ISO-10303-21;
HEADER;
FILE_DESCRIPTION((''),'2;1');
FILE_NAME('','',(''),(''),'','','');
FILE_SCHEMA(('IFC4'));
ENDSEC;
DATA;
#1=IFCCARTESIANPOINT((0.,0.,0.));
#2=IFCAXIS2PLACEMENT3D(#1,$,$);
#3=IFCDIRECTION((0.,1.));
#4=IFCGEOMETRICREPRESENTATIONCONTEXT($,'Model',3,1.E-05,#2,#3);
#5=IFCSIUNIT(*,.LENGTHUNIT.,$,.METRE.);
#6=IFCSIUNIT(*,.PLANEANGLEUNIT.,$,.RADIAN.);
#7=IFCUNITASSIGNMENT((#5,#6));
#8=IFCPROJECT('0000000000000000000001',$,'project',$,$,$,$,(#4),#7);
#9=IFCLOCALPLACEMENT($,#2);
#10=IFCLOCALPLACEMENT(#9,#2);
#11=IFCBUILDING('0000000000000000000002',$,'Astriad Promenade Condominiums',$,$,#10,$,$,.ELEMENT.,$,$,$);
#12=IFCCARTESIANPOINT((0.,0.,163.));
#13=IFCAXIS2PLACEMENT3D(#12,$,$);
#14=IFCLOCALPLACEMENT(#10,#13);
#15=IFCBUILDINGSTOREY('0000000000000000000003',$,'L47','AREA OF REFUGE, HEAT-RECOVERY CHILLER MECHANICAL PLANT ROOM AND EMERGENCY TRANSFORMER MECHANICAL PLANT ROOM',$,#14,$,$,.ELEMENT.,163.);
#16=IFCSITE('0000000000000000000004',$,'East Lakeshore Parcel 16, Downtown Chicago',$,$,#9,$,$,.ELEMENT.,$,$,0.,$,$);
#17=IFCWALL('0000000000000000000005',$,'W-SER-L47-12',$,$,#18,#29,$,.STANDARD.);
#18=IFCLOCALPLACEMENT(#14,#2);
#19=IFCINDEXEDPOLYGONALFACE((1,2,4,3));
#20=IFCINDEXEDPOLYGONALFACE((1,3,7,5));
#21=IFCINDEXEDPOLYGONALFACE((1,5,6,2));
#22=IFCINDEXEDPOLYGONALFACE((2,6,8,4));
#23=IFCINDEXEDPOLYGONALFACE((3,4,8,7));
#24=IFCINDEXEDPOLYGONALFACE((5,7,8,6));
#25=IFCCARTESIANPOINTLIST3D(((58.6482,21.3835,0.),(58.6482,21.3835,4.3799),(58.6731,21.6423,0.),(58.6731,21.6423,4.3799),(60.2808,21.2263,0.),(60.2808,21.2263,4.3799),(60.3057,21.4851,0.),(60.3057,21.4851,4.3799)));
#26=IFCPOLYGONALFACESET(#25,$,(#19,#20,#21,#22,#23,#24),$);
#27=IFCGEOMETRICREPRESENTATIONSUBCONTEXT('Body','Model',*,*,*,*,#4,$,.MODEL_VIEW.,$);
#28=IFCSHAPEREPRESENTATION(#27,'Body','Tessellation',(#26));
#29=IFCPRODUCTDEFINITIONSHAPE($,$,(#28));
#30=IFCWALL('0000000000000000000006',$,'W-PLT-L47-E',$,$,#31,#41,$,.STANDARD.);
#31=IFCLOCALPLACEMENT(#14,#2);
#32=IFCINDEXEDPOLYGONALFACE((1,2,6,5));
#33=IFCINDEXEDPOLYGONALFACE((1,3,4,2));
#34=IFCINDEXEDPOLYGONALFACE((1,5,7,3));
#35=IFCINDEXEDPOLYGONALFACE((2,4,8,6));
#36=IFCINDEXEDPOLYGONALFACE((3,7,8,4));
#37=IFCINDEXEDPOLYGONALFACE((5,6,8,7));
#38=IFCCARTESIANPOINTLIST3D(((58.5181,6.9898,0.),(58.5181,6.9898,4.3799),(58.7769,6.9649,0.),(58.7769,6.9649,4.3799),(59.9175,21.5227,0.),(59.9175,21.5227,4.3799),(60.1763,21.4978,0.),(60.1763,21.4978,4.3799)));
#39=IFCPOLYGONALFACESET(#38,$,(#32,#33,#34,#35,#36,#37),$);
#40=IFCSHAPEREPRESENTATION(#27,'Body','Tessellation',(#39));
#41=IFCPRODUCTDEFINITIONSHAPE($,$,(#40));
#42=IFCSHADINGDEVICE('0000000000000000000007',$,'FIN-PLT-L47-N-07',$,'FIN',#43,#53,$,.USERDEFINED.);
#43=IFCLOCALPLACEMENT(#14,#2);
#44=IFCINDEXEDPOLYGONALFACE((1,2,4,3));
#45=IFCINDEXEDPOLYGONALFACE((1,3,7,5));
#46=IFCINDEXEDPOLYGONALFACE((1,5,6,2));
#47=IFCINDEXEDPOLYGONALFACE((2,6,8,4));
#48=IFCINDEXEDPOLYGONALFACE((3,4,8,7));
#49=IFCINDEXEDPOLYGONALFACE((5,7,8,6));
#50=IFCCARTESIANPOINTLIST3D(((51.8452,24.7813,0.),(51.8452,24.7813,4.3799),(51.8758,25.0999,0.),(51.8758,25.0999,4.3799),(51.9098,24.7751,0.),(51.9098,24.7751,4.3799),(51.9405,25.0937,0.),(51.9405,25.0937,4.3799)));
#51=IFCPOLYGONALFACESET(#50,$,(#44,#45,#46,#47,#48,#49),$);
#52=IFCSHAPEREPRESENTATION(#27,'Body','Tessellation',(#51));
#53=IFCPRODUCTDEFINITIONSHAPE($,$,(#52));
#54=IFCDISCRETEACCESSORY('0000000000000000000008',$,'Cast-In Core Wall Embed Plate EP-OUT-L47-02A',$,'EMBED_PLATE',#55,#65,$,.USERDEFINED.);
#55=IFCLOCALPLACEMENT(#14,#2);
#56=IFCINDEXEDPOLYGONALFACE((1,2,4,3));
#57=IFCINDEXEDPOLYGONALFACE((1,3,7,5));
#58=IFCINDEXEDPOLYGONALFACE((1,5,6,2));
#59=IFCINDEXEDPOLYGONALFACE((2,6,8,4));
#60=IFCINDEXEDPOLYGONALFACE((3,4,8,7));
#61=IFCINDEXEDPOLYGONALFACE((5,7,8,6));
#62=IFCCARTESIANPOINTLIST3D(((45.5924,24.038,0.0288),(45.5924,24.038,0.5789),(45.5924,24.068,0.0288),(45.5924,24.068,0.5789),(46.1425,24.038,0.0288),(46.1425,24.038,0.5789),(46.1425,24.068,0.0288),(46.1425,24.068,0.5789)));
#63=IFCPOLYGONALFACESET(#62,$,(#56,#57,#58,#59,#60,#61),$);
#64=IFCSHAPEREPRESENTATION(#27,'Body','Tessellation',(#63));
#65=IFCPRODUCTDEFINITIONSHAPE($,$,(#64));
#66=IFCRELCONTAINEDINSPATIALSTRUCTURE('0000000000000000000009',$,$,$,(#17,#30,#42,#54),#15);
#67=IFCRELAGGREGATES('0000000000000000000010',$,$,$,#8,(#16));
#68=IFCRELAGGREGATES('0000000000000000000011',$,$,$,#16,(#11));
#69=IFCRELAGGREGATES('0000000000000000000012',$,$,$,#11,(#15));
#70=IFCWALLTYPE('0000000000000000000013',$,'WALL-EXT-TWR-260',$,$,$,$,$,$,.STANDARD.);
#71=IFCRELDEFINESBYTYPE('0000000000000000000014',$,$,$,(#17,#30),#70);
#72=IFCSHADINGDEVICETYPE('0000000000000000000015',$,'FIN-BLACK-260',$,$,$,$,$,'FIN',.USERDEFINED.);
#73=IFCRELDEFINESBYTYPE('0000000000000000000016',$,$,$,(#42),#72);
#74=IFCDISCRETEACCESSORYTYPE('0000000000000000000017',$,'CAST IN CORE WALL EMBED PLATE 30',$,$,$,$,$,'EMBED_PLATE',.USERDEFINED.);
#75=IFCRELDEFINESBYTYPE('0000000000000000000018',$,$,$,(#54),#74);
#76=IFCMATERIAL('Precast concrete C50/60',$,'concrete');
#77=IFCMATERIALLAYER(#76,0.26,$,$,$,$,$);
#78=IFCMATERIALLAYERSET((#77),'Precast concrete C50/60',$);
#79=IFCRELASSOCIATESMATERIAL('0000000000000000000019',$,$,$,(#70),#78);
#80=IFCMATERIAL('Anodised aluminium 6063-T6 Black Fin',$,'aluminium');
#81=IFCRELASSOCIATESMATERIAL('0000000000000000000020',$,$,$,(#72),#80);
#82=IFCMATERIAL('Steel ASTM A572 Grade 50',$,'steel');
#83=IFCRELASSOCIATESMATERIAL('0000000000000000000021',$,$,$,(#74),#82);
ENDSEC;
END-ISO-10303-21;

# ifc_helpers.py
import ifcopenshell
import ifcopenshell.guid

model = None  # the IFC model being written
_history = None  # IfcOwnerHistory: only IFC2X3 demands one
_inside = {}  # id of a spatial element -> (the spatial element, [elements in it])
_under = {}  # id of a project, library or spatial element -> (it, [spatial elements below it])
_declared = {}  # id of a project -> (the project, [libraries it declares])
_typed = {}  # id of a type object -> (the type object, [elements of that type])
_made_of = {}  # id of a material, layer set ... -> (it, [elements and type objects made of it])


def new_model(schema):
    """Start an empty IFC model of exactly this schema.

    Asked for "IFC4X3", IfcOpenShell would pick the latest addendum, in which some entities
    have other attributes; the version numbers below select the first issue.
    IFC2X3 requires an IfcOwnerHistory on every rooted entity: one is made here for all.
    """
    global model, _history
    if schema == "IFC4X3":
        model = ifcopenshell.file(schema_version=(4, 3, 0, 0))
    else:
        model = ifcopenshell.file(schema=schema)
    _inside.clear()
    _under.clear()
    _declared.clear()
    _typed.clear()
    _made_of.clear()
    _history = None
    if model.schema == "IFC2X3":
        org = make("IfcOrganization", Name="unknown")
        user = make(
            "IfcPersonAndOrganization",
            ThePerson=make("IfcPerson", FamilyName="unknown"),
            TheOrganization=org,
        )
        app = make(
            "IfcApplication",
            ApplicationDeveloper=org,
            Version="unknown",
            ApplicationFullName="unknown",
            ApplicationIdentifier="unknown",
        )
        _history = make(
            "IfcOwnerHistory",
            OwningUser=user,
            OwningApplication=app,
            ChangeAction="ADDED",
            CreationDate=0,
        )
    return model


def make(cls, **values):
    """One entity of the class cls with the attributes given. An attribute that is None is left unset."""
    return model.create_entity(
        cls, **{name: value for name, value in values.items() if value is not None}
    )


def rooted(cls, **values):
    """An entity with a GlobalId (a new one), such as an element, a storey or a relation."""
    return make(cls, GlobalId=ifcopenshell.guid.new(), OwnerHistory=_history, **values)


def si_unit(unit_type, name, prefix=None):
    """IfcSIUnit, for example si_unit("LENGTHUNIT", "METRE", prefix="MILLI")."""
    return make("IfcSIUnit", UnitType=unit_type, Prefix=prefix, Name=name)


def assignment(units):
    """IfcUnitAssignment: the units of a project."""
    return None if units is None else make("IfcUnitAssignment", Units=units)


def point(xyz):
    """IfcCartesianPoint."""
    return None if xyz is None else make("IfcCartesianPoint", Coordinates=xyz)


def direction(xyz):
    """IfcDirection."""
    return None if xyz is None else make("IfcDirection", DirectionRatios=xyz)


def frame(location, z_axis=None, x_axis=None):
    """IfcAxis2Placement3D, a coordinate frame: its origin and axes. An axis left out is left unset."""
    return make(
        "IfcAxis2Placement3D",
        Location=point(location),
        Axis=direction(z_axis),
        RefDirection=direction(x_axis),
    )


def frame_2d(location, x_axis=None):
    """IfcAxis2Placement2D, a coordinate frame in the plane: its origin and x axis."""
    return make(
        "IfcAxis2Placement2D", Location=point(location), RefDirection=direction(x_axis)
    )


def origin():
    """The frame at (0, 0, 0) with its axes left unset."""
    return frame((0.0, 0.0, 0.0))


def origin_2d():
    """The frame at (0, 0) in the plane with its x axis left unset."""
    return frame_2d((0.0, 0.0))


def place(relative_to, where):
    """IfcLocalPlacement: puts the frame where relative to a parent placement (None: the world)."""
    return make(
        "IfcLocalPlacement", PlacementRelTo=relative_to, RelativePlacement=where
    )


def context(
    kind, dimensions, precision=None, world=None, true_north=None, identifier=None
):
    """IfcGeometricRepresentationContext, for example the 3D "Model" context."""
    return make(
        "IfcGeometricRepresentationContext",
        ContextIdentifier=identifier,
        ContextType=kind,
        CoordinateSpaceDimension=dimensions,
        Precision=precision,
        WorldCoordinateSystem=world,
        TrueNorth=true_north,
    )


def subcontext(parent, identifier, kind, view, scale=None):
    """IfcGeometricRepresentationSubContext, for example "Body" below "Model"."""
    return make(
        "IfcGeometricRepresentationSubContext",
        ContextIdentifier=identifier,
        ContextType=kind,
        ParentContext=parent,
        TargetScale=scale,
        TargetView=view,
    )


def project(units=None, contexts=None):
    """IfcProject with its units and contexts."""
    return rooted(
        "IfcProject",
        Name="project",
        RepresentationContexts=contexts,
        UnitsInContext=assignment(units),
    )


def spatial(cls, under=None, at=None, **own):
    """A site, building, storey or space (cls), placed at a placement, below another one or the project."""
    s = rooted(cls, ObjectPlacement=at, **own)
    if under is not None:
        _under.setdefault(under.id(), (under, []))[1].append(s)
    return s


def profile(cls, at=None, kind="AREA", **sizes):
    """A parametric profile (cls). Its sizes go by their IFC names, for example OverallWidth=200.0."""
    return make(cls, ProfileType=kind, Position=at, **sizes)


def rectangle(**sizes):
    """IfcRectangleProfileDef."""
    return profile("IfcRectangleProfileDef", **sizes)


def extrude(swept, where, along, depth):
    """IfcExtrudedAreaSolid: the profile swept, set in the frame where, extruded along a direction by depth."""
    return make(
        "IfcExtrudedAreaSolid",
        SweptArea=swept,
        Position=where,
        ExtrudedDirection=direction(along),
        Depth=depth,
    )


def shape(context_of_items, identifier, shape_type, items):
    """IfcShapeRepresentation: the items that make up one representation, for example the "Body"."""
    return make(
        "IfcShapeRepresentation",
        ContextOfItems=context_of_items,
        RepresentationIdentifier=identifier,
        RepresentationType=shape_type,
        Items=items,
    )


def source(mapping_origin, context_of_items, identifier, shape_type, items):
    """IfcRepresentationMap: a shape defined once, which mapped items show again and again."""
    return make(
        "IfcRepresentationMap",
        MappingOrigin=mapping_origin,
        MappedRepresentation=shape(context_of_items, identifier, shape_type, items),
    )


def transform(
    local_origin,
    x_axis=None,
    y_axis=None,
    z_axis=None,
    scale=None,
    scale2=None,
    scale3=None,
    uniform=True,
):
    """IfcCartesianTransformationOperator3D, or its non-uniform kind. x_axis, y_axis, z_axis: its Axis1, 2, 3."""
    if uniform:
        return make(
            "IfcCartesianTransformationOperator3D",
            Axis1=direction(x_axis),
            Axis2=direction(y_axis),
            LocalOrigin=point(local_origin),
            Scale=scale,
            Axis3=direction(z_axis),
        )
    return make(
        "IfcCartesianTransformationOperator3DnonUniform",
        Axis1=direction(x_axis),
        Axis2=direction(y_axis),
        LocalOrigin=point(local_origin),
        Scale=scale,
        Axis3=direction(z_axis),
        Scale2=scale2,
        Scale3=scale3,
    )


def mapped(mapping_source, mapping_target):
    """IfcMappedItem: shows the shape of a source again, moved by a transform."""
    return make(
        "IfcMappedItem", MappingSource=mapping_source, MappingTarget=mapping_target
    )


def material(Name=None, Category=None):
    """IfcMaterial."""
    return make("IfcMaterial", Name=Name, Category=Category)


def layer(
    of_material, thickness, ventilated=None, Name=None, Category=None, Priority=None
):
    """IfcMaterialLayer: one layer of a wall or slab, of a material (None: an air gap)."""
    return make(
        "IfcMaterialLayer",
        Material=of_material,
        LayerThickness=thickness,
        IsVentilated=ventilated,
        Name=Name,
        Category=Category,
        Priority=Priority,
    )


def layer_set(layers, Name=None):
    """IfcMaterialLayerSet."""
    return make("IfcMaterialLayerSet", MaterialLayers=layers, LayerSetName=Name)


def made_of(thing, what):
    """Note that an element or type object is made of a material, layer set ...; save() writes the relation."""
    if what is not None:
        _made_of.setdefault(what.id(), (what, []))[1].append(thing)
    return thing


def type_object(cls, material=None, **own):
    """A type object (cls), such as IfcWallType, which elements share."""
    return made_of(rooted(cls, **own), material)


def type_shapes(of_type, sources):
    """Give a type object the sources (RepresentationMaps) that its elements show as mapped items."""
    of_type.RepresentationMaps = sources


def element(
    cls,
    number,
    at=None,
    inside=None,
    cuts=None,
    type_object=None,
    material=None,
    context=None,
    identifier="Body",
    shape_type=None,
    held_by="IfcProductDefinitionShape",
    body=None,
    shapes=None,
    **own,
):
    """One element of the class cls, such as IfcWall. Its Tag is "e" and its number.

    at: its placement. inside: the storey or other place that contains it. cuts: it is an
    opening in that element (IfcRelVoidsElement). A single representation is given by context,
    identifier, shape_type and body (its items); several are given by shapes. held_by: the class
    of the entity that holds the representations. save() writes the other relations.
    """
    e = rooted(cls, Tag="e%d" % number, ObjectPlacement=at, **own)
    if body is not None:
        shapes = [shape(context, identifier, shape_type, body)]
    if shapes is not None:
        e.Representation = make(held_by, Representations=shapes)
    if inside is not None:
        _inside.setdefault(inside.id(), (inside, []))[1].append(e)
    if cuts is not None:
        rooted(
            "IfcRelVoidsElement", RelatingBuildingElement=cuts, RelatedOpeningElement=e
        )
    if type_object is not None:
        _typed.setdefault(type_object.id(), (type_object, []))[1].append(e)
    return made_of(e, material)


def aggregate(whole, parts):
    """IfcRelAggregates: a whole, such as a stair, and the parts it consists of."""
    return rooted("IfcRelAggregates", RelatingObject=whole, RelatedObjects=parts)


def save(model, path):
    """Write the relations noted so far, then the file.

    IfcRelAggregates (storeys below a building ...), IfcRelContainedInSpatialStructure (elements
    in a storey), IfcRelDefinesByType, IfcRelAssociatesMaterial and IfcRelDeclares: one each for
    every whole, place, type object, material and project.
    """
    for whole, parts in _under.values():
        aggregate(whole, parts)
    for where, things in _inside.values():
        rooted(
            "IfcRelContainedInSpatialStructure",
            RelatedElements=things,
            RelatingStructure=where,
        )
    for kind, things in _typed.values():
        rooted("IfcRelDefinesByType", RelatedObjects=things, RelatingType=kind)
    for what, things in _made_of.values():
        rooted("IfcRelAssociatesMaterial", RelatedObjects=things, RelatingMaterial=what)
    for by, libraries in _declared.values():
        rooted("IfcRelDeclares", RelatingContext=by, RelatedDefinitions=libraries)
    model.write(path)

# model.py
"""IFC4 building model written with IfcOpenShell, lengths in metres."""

from ifc_helpers import new_model, si_unit, direction, frame, frame_2d, origin, origin_2d, place, context, subcontext, project, spatial, rectangle, extrude, source, transform, mapped, material, layer, layer_set, type_object, type_shapes, element, save


model = new_model("IFC4")

# Units and contexts
model_context = context("Model", 3, precision=1e-05, world=origin(), true_north=direction((0.0, 1.0)))
body_context = subcontext(model_context, "Body", "Model", "MODEL_VIEW")
ifc_project = project(units=[si_unit("LENGTHUNIT", "METRE"), si_unit("PLANEANGLEUNIT", "RADIAN")], contexts=[model_context])

# Site, building, storey
site_placement = place(None, origin())
site = spatial("IfcSite", under=ifc_project, at=site_placement, Name="East Lakeshore Parcel 16, Downtown Chicago", CompositionType="ELEMENT", RefElevation=0.0)
building_placement = place(site_placement, origin())
building = spatial("IfcBuilding", under=site, at=building_placement, Name="Astriad Promenade Condominiums", CompositionType="ELEMENT")
storey_placement = place(building_placement, frame((0.0, 0.0, 163.0)))
storey = spatial("IfcBuildingStorey", under=building, at=storey_placement, Name="L47", Description="AREA OF REFUGE, HEAT-RECOVERY CHILLER MECHANICAL PLANT ROOM AND EMERGENCY TRANSFORMER MECHANICAL PLANT ROOM", CompositionType="ELEMENT", Elevation=163.0)

# Shared definitions
ifc_material_1 = material(Name="Steel ASTM A572 Grade 50", Category="steel")

# Walls
ifc_material_2 = material(Name="Precast concrete C50/60", Category="concrete")
ifc_layer_1 = layer(ifc_material_2, 0.26)
ifc_layer_set_1 = layer_set([ifc_layer_1], Name="Precast concrete C50/60")
wall_type_1 = type_object("IfcWallType", Name="WALL-EXT-TWR-260", PredefinedType="STANDARD", material=ifc_layer_set_1)
wall_1_placement = place(storey_placement, frame((58.6606, 21.5129, 0.0), z_axis=(0.0, 0.0, 1.0), x_axis=(0.995395, -0.095863, 0.0)))
element("IfcWall", 1, at=wall_1_placement, inside=storey, type_object=wall_type_1, Name="W-SER-L47-12", PredefinedType="STANDARD", context=body_context, shape_type="SweptSolid", body=[
    extrude(rectangle(XDim=1.6401, YDim=0.26, at=frame_2d((0.8201, 0.0))), origin(), (0.0, 0.0, 1.0), 4.3799),
])
wall_2_placement = place(storey_placement, frame((60.0469, 21.5103, 0.0), z_axis=(0.0, 0.0, 1.0), x_axis=(-0.095849, -0.995396, 0.0)))
element("IfcWall", 2, at=wall_2_placement, inside=storey, type_object=wall_type_1, Name="W-PLT-L47-E", PredefinedType="STANDARD", context=body_context, shape_type="SweptSolid", body=[
    extrude(rectangle(XDim=14.6001, YDim=0.26, at=frame_2d((7.3, 0.0))), origin(), (0.0, 0.0, 1.0), 4.3799),
])

# Shading device
ifc_material_3 = material(Name="Anodised aluminium 6063-T6 Black Fin", Category="aluminium")
shading_device_type = type_object("IfcShadingDeviceType", Name="FIN-BLACK-260", ElementType="FIN", PredefinedType="USERDEFINED", material=ifc_material_3)
shared_shape_1 = source(origin(), body_context, "Body", "SweptSolid", [
    extrude(rectangle(XDim=0.0649, YDim=0.3201, at=origin_2d()), origin(), (0.0, 0.0, 1.0), 4.3799),
])
type_shapes(shading_device_type, [shared_shape_1])
shading_device_placement = place(storey_placement, frame((51.8928, 24.9375, 0.0), z_axis=(0.0, 0.0, 1.0), x_axis=(0.995396, -0.095846, 0.0)))
element("IfcShadingDevice", 3, at=shading_device_placement, inside=storey, type_object=shading_device_type, Name="FIN-PLT-L47-N-07", ObjectType="FIN", PredefinedType="USERDEFINED", context=body_context, shape_type="MappedRepresentation", body=[
    mapped(shared_shape_1, transform((0.0, 0.0, 0.0), scale=1.0)),
])

# Discrete accessory
discrete_accessory_type = type_object("IfcDiscreteAccessoryType", Name="CAST IN CORE WALL EMBED PLATE 30", ElementType="EMBED_PLATE", PredefinedType="USERDEFINED", material=ifc_material_1)
shared_shape_2 = source(origin(), body_context, "Body", "SweptSolid", [
    extrude(rectangle(XDim=0.55, YDim=0.03, at=origin_2d()), origin(), (0.0, 0.0, 1.0), 0.55),
])
type_shapes(discrete_accessory_type, [shared_shape_2])
discrete_accessory_placement = place(storey_placement, frame((45.8674, 24.053, 0.0288), z_axis=(0.0, 0.0, 1.0), x_axis=(1.0, 0.0, 0.0)))
element("IfcDiscreteAccessory", 4, at=discrete_accessory_placement, inside=storey, type_object=discrete_accessory_type, Name="Cast-In Core Wall Embed Plate EP-OUT-L47-02A", ObjectType="EMBED_PLATE", PredefinedType="USERDEFINED", context=body_context, shape_type="MappedRepresentation", body=[
    mapped(shared_shape_2, transform((0.0, 0.0, 0.0), scale=1.0)),
])

save(model, "model.ifc")
